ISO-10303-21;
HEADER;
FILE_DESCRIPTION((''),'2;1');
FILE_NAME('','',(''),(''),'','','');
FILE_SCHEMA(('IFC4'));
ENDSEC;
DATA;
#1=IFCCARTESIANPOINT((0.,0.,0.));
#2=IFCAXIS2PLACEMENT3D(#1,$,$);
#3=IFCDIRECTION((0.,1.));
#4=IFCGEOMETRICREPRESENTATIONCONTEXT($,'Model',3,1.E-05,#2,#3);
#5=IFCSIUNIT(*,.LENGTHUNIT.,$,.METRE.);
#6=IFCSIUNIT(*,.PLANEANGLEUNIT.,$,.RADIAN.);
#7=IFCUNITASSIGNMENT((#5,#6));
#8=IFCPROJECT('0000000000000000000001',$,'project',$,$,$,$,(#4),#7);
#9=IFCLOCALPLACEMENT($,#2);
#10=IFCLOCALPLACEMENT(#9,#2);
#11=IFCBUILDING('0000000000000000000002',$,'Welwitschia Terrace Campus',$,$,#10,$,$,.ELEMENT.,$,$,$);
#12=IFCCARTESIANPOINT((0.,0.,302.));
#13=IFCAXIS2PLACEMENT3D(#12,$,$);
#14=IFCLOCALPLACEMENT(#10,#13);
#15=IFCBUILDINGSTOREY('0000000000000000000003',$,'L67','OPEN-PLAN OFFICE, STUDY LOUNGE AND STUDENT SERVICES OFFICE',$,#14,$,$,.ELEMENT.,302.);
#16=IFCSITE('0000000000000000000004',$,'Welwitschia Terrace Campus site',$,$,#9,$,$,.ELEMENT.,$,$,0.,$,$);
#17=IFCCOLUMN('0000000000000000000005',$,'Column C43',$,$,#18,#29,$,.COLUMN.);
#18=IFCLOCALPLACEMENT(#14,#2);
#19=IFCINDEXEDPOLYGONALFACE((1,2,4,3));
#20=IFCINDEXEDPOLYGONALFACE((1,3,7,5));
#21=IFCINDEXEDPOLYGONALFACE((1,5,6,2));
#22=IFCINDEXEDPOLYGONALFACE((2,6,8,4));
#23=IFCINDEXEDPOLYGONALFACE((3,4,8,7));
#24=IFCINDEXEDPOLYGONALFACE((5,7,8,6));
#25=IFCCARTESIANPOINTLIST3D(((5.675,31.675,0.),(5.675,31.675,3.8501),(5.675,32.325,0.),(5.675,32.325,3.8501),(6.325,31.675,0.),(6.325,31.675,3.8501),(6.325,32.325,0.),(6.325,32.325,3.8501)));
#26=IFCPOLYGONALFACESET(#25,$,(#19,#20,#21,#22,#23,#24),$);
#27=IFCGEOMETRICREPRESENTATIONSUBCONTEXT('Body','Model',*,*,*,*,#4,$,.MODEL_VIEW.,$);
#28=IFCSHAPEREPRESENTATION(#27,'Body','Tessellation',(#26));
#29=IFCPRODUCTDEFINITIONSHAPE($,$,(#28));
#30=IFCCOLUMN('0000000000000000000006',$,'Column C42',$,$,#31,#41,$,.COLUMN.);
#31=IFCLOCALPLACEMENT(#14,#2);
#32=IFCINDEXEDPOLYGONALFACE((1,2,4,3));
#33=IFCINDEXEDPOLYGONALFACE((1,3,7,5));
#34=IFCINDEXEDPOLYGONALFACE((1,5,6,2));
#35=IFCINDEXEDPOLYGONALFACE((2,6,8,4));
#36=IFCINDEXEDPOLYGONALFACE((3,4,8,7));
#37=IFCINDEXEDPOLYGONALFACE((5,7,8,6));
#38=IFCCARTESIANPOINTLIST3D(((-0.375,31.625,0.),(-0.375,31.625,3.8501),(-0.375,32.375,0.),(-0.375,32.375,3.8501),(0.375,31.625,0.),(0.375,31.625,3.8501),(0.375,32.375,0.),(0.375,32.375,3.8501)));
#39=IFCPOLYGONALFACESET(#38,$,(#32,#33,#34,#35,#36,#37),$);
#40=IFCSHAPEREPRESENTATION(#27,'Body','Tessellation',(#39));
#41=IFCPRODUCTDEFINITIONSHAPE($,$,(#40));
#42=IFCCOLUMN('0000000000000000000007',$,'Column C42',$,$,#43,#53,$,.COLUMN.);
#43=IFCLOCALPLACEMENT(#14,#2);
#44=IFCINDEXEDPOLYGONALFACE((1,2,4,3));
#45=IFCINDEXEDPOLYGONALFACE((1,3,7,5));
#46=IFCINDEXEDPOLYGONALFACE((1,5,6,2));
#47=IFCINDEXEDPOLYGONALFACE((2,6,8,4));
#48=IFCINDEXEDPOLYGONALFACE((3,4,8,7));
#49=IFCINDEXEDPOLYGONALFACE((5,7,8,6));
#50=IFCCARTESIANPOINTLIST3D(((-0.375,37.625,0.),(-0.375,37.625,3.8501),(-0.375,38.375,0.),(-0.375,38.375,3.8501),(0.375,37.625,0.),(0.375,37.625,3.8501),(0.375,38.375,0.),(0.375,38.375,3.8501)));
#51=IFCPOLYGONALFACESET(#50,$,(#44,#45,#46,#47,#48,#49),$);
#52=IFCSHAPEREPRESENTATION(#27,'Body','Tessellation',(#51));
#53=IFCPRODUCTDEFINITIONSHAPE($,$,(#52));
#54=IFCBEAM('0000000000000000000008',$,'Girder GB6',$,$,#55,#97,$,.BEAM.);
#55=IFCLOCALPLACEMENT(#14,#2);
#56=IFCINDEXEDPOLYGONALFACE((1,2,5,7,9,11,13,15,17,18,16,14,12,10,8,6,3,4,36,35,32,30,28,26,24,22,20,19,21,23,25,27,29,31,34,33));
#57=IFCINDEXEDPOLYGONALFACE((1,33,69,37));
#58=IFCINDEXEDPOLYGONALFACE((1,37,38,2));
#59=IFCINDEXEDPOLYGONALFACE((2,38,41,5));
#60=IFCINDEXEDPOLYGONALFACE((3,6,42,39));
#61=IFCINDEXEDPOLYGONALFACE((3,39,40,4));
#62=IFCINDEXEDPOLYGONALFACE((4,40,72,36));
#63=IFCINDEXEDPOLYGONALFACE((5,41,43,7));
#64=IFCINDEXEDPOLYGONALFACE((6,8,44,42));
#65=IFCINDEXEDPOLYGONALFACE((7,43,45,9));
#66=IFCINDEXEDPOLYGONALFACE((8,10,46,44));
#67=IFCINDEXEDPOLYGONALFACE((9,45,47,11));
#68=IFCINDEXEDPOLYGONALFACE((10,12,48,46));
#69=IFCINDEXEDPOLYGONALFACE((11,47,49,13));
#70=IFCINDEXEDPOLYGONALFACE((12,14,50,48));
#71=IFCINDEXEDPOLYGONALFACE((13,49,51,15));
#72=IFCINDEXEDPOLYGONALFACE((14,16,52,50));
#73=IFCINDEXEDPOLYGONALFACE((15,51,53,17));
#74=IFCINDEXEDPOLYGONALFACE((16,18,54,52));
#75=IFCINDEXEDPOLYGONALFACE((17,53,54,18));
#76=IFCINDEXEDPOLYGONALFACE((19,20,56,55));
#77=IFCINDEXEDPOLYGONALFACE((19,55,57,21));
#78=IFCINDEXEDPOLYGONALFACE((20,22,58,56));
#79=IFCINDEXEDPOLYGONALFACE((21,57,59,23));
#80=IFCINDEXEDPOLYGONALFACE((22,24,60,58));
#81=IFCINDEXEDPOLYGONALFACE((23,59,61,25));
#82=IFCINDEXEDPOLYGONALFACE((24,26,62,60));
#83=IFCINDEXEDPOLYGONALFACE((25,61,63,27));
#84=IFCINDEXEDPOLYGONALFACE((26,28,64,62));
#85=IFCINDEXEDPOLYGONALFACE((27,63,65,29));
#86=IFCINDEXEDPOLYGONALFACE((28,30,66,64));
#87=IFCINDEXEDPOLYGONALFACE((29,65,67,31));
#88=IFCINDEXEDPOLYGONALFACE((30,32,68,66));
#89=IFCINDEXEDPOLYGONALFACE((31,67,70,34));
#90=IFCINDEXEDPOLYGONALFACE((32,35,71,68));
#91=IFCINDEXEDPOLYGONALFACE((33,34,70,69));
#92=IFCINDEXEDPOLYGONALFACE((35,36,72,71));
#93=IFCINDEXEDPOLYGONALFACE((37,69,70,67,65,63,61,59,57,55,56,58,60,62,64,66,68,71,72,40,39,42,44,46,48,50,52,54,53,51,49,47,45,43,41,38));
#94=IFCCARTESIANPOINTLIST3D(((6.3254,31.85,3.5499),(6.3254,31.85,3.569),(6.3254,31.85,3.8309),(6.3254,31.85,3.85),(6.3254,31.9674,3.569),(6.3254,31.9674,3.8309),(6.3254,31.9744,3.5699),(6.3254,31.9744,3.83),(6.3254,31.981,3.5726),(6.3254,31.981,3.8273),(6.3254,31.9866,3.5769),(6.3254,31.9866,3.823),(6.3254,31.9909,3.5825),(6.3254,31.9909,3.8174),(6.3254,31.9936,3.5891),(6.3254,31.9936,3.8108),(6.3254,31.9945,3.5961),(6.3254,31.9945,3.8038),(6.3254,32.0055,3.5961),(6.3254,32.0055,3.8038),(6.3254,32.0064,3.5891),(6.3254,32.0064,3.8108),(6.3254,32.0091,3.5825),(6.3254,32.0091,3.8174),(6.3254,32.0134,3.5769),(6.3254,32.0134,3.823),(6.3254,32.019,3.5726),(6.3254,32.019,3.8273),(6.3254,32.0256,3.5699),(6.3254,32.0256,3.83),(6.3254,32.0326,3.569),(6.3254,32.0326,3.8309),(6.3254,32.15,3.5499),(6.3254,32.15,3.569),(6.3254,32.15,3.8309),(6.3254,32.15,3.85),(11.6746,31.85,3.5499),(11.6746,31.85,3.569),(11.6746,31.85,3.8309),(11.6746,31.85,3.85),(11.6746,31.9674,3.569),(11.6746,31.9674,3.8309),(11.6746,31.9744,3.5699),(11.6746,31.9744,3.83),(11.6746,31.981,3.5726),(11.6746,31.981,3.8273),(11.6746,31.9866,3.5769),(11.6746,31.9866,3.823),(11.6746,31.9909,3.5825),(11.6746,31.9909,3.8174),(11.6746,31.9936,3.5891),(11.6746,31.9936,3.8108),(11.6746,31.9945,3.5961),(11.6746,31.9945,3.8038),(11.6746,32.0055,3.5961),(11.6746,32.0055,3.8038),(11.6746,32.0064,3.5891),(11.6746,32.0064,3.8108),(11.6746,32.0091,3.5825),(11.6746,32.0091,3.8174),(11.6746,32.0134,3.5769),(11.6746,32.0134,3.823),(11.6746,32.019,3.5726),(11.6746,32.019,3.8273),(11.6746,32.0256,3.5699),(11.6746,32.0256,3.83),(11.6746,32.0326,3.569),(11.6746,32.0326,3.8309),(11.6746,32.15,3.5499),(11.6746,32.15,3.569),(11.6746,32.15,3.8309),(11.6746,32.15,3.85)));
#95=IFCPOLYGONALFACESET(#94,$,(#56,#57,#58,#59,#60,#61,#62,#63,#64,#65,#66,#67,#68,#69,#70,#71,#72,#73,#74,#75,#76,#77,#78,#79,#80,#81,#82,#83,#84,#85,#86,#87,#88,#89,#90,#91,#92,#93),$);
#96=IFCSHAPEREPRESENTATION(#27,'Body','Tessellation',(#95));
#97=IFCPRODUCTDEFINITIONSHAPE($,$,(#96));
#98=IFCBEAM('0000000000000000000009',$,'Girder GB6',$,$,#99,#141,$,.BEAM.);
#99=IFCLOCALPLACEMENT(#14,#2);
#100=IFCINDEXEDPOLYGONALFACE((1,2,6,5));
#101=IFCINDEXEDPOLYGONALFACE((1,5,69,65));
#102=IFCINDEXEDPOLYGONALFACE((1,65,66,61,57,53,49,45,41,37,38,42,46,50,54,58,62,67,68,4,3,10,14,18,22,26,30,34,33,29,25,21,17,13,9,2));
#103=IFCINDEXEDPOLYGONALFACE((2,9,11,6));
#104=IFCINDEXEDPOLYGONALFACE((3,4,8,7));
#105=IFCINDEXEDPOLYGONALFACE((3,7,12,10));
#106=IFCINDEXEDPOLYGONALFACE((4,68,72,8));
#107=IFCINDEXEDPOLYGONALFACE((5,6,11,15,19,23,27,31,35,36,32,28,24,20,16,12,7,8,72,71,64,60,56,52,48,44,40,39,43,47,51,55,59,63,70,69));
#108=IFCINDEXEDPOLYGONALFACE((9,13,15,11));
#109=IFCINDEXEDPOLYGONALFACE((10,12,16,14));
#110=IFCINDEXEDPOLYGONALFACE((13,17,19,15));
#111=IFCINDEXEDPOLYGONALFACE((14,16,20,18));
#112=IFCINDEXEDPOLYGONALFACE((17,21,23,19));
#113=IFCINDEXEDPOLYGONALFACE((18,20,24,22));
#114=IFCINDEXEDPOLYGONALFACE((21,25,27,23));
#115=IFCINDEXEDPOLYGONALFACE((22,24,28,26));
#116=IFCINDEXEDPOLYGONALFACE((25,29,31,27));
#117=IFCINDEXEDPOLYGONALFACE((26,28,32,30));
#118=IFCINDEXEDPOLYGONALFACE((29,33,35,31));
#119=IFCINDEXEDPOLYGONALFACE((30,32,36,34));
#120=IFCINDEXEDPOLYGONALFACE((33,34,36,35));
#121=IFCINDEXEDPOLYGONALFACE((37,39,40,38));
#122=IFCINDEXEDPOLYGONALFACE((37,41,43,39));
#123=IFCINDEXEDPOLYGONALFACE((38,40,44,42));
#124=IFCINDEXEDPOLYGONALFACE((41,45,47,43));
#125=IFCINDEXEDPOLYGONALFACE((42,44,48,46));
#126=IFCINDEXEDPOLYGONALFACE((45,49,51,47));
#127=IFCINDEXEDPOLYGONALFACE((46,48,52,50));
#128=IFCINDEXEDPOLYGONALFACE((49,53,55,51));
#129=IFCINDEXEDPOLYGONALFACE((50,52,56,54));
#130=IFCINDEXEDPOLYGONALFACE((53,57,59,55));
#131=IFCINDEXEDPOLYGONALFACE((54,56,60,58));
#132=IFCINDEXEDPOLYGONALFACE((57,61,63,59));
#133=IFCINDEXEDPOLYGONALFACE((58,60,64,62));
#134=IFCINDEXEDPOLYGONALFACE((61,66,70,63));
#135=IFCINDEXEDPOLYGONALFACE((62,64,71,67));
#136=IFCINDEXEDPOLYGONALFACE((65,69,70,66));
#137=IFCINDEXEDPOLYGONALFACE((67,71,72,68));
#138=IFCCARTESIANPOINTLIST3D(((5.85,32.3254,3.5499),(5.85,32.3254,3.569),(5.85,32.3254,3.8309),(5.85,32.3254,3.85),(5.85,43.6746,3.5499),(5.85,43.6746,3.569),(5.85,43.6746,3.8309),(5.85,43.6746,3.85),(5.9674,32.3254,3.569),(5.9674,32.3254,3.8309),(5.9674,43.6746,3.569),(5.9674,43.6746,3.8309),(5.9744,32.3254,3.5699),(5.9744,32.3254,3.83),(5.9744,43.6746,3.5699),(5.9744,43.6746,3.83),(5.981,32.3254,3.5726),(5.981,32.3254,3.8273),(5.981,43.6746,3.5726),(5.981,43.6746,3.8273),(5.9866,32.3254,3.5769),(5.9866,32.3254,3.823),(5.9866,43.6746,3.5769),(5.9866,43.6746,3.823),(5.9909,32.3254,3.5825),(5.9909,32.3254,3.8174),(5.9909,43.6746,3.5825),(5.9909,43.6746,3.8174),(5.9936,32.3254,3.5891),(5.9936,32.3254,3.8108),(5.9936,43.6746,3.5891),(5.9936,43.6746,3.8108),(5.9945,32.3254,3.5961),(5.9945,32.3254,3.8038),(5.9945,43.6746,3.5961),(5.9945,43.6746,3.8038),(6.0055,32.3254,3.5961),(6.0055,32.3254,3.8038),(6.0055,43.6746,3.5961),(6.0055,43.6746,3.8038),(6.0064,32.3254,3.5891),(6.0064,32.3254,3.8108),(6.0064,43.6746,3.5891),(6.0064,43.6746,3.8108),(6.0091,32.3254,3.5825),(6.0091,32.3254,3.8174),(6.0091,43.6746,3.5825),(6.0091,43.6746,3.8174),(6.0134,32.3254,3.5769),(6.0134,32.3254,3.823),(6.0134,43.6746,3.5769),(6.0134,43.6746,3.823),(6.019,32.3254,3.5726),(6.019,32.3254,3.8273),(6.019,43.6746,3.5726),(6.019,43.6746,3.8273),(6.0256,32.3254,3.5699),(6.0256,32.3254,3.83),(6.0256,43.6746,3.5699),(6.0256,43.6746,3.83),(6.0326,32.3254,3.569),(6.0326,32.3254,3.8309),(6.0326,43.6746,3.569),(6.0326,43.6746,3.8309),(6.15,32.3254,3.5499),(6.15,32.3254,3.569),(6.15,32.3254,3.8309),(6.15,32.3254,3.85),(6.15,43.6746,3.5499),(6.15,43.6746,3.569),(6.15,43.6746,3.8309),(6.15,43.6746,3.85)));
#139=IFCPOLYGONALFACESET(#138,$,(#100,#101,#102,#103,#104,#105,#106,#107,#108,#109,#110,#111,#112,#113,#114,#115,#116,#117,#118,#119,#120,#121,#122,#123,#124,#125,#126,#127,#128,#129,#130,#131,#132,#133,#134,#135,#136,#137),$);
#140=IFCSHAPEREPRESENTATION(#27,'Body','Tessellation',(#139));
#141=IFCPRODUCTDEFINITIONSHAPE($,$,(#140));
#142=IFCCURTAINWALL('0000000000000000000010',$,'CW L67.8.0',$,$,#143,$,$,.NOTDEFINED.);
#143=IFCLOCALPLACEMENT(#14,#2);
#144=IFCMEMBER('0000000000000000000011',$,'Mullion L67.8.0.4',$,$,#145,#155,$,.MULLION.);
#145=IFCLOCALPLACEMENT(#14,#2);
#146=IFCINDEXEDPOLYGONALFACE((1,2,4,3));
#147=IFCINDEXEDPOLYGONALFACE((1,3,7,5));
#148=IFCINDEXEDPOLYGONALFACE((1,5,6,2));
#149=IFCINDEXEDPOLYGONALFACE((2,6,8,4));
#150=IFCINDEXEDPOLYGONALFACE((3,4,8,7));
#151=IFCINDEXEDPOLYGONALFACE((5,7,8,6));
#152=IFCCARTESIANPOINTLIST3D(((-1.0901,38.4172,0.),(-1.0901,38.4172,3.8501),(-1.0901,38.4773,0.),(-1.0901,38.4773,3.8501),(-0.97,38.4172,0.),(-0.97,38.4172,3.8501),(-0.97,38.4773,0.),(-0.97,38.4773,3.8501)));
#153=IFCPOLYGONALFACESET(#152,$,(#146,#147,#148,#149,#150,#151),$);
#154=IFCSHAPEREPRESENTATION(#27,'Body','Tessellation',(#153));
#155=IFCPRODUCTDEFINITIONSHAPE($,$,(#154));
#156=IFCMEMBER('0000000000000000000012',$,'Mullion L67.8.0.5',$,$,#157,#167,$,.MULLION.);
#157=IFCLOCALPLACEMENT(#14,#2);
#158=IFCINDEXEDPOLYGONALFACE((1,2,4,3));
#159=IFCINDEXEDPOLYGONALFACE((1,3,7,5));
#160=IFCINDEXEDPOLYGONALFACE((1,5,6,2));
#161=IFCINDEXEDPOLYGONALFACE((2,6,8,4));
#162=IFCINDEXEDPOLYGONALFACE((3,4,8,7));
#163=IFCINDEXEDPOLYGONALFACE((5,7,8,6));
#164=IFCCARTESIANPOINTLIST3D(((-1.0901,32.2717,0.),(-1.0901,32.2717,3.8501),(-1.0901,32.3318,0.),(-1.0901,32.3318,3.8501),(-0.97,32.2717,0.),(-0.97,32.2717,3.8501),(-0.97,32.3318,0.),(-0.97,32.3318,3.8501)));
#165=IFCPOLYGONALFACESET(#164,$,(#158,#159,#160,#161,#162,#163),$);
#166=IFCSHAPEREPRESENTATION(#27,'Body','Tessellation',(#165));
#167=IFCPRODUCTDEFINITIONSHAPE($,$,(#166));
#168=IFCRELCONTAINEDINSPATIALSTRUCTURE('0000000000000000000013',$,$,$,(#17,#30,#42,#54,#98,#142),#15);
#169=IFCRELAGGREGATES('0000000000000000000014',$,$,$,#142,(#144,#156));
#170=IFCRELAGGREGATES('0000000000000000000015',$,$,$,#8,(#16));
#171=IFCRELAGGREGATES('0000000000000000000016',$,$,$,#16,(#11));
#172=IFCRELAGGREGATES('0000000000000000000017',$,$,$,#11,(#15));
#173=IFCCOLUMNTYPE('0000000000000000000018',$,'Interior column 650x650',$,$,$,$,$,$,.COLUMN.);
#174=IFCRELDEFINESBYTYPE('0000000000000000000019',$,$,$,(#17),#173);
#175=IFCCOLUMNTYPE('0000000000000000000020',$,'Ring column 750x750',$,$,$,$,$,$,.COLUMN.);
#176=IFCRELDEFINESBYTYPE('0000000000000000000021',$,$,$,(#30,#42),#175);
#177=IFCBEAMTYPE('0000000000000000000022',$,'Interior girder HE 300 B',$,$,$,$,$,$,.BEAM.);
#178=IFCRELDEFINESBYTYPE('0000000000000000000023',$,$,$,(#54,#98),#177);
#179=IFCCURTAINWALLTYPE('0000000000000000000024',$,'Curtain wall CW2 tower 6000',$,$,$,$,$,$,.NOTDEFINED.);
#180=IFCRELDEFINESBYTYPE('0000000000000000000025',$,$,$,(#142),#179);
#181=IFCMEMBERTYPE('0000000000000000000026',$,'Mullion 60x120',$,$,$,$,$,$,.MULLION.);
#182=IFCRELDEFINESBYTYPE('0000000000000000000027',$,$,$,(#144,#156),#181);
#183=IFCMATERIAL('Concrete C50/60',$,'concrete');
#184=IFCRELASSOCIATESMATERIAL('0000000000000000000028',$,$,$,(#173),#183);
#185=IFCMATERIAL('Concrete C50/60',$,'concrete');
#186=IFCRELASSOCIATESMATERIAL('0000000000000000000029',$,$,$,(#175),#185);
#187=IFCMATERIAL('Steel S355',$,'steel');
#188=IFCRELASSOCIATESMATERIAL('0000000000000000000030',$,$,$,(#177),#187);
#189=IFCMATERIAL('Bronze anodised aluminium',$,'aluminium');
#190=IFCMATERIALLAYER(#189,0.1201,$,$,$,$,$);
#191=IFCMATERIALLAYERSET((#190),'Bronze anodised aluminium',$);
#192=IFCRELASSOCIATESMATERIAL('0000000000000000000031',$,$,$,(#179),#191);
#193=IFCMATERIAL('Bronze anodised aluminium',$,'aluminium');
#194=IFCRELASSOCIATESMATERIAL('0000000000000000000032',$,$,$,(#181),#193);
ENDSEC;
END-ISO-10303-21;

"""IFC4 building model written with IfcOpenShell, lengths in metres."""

from ifc_helpers import new_model, si_unit, direction, frame, origin, origin_2d, place, context, subcontext, project, spatial, rectangle, i_section, extrude, material, layer, layer_set, material_profile, profile_set, type_object, element, aggregate, save


model = new_model("IFC4")

# Units and contexts
model_context = context("Model", 3, precision=1e-05, world=origin(), true_north=direction((0.0, 1.0)))
body_context = subcontext(model_context, "Body", "Model", "MODEL_VIEW")
ifc_project = project(units=[si_unit("LENGTHUNIT", "METRE"), si_unit("PLANEANGLEUNIT", "RADIAN")], contexts=[model_context])

# Site, building, storey
site_placement = place(None, origin())
site = spatial("IfcSite", under=ifc_project, at=site_placement, Name="Welwitschia Terrace Campus site", CompositionType="ELEMENT", RefElevation=0.0)
building_placement = place(site_placement, origin())
building = spatial("IfcBuilding", under=site, at=building_placement, Name="Welwitschia Terrace Campus", CompositionType="ELEMENT")
storey_placement = place(building_placement, frame((0.0, 0.0, 302.0)))
storey = spatial("IfcBuildingStorey", under=building, at=storey_placement, Name="L67", Description="OPEN-PLAN OFFICE, STUDY LOUNGE AND STUDENT SERVICES OFFICE", CompositionType="ELEMENT", Elevation=302.0)

# Columns
ifc_material_1 = material(Name="Concrete C50/60", Category="concrete")
ifc_material_profile_1 = material_profile(ifc_material_1, rectangle(XDim=0.6499, YDim=0.6499, at=origin_2d()))
ifc_profile_set_1 = profile_set([ifc_material_profile_1], Name="Concrete C50/60")
column_type_1 = type_object("IfcColumnType", Name="Interior column 650x650", PredefinedType="COLUMN", material=ifc_profile_set_1)
column_placement = place(storey_placement, frame((6.0, 32.0, 0.0), z_axis=(0.0, 0.0, 1.0), x_axis=(1.0, 0.0, 0.0)))
element("IfcColumn", 1, at=column_placement, inside=storey, type_object=column_type_1, Name="Column C43", PredefinedType="COLUMN", context=body_context, shape_type="SweptSolid", body=[
    extrude(rectangle(XDim=0.6499, YDim=0.6499, at=origin_2d()), origin(), (0.0, 0.0, 1.0), 3.8501),
])
ifc_material_2 = material(Name="Concrete C50/60", Category="concrete")
ifc_material_profile_2 = material_profile(ifc_material_2, rectangle(XDim=0.75, YDim=0.75, at=origin_2d()))
ifc_profile_set_2 = profile_set([ifc_material_profile_2], Name="Concrete C50/60")
column_type_2 = type_object("IfcColumnType", Name="Ring column 750x750", PredefinedType="COLUMN", material=ifc_profile_set_2)
for number, where, z_axis, x_axis, name in (
    (2, (0.0, 32.0, 0.0), (0.0, 0.0, 1.0), (1.0, 0.0, 0.0), "Column C42"),
    (3, (0.0, 38.0, 0.0), (0.0, 0.0, 1.0), (1.0, 0.0, 0.0), "Column C42"),
):
    element("IfcColumn", number, at=place(storey_placement, frame(where, z_axis=z_axis, x_axis=x_axis)), inside=storey, type_object=column_type_2, Name=name, PredefinedType="COLUMN", context=body_context, shape_type="SweptSolid", body=[
        extrude(rectangle(XDim=0.75, YDim=0.75, at=origin_2d()), origin(), (0.0, 0.0, 1.0), 3.8501),
    ])

# Beams
ifc_material_3 = material(Name="Steel S355", Category="steel")
ifc_material_profile_3 = material_profile(ifc_material_3, i_section(OverallWidth=0.3, OverallDepth=0.3, WebThickness=0.011, FlangeThickness=0.019, FilletRadius=0.0271, at=origin_2d()))
ifc_profile_set_3 = profile_set([ifc_material_profile_3], Name="Steel S355")
beam_type_1 = type_object("IfcBeamType", Name="Interior girder HE 300 B", PredefinedType="BEAM", material=ifc_profile_set_3)
beam_1_placement = place(storey_placement, frame((6.3254, 32.0, 3.7), z_axis=(1.0, 0.0, 0.0), x_axis=(0.0, 1.0, 0.0)))
element("IfcBeam", 4, at=beam_1_placement, inside=storey, type_object=beam_type_1, Name="Girder GB6", PredefinedType="BEAM", context=body_context, shape_type="SweptSolid", body=[
    extrude(i_section(OverallWidth=0.3, OverallDepth=0.3, WebThickness=0.011, FlangeThickness=0.019, FilletRadius=0.0271, at=origin_2d()), origin(), (0.0, 0.0, 1.0), 5.3491),
])
beam_2_placement = place(storey_placement, frame((6.0, 32.3254, 3.7), z_axis=(0.0, 1.0, 0.0), x_axis=(-1.0, 0.0, 0.0)))
element("IfcBeam", 5, at=beam_2_placement, inside=storey, type_object=beam_type_1, Name="Girder GB6", PredefinedType="BEAM", context=body_context, shape_type="SweptSolid", body=[
    extrude(i_section(OverallWidth=0.3, OverallDepth=0.3, WebThickness=0.011, FlangeThickness=0.019, FilletRadius=0.0271, at=origin_2d()), origin(), (0.0, 0.0, 1.0), 11.3491),
])

# Curtain wall, members
ifc_material_4 = material(Name="Bronze anodised aluminium", Category="aluminium")
ifc_layer_1 = layer(ifc_material_4, 0.1201)
ifc_layer_set_1 = layer_set([ifc_layer_1], Name="Bronze anodised aluminium")
curtain_wall_type = type_object("IfcCurtainWallType", Name="Curtain wall CW2 tower 6000", PredefinedType="NOTDEFINED", material=ifc_layer_set_1)
curtain_wall_placement = place(storey_placement, origin())
curtain_wall = element("IfcCurtainWall", 6, at=curtain_wall_placement, inside=storey, type_object=curtain_wall_type, Name="CW L67.8.0", PredefinedType="NOTDEFINED")
ifc_material_5 = material(Name="Bronze anodised aluminium", Category="aluminium")
ifc_material_profile_4 = material_profile(ifc_material_5, rectangle(XDim=0.1201, YDim=0.0601, at=origin_2d()))
ifc_profile_set_4 = profile_set([ifc_material_profile_4], Name="Bronze anodised aluminium")
member_type = type_object("IfcMemberType", Name="Mullion 60x120", PredefinedType="MULLION", material=ifc_profile_set_4)
member_1_placement = place(storey_placement, frame((-1.03, 38.4473, 0.0), z_axis=(0.0, 0.0, 1.0), x_axis=(1.0, 0.0, 0.0)))
member_1 = element("IfcMember", 7, at=member_1_placement, type_object=member_type, Name="Mullion L67.8.0.4", PredefinedType="MULLION", context=body_context, shape_type="SweptSolid", body=[
    extrude(rectangle(XDim=0.1201, YDim=0.0601, at=origin_2d()), origin(), (0.0, 0.0, 1.0), 3.8501),
])
member_2_placement = place(storey_placement, frame((-1.03, 32.3018, 0.0), z_axis=(0.0, 0.0, 1.0), x_axis=(1.0, 0.0, 0.0)))
member_2 = element("IfcMember", 8, at=member_2_placement, type_object=member_type, Name="Mullion L67.8.0.5", PredefinedType="MULLION", context=body_context, shape_type="SweptSolid", body=[
    extrude(rectangle(XDim=0.1201, YDim=0.0601, at=origin_2d()), origin(), (0.0, 0.0, 1.0), 3.8501),
])

aggregate(curtain_wall, [member_1, member_2])

save(model, "model.ifc")
